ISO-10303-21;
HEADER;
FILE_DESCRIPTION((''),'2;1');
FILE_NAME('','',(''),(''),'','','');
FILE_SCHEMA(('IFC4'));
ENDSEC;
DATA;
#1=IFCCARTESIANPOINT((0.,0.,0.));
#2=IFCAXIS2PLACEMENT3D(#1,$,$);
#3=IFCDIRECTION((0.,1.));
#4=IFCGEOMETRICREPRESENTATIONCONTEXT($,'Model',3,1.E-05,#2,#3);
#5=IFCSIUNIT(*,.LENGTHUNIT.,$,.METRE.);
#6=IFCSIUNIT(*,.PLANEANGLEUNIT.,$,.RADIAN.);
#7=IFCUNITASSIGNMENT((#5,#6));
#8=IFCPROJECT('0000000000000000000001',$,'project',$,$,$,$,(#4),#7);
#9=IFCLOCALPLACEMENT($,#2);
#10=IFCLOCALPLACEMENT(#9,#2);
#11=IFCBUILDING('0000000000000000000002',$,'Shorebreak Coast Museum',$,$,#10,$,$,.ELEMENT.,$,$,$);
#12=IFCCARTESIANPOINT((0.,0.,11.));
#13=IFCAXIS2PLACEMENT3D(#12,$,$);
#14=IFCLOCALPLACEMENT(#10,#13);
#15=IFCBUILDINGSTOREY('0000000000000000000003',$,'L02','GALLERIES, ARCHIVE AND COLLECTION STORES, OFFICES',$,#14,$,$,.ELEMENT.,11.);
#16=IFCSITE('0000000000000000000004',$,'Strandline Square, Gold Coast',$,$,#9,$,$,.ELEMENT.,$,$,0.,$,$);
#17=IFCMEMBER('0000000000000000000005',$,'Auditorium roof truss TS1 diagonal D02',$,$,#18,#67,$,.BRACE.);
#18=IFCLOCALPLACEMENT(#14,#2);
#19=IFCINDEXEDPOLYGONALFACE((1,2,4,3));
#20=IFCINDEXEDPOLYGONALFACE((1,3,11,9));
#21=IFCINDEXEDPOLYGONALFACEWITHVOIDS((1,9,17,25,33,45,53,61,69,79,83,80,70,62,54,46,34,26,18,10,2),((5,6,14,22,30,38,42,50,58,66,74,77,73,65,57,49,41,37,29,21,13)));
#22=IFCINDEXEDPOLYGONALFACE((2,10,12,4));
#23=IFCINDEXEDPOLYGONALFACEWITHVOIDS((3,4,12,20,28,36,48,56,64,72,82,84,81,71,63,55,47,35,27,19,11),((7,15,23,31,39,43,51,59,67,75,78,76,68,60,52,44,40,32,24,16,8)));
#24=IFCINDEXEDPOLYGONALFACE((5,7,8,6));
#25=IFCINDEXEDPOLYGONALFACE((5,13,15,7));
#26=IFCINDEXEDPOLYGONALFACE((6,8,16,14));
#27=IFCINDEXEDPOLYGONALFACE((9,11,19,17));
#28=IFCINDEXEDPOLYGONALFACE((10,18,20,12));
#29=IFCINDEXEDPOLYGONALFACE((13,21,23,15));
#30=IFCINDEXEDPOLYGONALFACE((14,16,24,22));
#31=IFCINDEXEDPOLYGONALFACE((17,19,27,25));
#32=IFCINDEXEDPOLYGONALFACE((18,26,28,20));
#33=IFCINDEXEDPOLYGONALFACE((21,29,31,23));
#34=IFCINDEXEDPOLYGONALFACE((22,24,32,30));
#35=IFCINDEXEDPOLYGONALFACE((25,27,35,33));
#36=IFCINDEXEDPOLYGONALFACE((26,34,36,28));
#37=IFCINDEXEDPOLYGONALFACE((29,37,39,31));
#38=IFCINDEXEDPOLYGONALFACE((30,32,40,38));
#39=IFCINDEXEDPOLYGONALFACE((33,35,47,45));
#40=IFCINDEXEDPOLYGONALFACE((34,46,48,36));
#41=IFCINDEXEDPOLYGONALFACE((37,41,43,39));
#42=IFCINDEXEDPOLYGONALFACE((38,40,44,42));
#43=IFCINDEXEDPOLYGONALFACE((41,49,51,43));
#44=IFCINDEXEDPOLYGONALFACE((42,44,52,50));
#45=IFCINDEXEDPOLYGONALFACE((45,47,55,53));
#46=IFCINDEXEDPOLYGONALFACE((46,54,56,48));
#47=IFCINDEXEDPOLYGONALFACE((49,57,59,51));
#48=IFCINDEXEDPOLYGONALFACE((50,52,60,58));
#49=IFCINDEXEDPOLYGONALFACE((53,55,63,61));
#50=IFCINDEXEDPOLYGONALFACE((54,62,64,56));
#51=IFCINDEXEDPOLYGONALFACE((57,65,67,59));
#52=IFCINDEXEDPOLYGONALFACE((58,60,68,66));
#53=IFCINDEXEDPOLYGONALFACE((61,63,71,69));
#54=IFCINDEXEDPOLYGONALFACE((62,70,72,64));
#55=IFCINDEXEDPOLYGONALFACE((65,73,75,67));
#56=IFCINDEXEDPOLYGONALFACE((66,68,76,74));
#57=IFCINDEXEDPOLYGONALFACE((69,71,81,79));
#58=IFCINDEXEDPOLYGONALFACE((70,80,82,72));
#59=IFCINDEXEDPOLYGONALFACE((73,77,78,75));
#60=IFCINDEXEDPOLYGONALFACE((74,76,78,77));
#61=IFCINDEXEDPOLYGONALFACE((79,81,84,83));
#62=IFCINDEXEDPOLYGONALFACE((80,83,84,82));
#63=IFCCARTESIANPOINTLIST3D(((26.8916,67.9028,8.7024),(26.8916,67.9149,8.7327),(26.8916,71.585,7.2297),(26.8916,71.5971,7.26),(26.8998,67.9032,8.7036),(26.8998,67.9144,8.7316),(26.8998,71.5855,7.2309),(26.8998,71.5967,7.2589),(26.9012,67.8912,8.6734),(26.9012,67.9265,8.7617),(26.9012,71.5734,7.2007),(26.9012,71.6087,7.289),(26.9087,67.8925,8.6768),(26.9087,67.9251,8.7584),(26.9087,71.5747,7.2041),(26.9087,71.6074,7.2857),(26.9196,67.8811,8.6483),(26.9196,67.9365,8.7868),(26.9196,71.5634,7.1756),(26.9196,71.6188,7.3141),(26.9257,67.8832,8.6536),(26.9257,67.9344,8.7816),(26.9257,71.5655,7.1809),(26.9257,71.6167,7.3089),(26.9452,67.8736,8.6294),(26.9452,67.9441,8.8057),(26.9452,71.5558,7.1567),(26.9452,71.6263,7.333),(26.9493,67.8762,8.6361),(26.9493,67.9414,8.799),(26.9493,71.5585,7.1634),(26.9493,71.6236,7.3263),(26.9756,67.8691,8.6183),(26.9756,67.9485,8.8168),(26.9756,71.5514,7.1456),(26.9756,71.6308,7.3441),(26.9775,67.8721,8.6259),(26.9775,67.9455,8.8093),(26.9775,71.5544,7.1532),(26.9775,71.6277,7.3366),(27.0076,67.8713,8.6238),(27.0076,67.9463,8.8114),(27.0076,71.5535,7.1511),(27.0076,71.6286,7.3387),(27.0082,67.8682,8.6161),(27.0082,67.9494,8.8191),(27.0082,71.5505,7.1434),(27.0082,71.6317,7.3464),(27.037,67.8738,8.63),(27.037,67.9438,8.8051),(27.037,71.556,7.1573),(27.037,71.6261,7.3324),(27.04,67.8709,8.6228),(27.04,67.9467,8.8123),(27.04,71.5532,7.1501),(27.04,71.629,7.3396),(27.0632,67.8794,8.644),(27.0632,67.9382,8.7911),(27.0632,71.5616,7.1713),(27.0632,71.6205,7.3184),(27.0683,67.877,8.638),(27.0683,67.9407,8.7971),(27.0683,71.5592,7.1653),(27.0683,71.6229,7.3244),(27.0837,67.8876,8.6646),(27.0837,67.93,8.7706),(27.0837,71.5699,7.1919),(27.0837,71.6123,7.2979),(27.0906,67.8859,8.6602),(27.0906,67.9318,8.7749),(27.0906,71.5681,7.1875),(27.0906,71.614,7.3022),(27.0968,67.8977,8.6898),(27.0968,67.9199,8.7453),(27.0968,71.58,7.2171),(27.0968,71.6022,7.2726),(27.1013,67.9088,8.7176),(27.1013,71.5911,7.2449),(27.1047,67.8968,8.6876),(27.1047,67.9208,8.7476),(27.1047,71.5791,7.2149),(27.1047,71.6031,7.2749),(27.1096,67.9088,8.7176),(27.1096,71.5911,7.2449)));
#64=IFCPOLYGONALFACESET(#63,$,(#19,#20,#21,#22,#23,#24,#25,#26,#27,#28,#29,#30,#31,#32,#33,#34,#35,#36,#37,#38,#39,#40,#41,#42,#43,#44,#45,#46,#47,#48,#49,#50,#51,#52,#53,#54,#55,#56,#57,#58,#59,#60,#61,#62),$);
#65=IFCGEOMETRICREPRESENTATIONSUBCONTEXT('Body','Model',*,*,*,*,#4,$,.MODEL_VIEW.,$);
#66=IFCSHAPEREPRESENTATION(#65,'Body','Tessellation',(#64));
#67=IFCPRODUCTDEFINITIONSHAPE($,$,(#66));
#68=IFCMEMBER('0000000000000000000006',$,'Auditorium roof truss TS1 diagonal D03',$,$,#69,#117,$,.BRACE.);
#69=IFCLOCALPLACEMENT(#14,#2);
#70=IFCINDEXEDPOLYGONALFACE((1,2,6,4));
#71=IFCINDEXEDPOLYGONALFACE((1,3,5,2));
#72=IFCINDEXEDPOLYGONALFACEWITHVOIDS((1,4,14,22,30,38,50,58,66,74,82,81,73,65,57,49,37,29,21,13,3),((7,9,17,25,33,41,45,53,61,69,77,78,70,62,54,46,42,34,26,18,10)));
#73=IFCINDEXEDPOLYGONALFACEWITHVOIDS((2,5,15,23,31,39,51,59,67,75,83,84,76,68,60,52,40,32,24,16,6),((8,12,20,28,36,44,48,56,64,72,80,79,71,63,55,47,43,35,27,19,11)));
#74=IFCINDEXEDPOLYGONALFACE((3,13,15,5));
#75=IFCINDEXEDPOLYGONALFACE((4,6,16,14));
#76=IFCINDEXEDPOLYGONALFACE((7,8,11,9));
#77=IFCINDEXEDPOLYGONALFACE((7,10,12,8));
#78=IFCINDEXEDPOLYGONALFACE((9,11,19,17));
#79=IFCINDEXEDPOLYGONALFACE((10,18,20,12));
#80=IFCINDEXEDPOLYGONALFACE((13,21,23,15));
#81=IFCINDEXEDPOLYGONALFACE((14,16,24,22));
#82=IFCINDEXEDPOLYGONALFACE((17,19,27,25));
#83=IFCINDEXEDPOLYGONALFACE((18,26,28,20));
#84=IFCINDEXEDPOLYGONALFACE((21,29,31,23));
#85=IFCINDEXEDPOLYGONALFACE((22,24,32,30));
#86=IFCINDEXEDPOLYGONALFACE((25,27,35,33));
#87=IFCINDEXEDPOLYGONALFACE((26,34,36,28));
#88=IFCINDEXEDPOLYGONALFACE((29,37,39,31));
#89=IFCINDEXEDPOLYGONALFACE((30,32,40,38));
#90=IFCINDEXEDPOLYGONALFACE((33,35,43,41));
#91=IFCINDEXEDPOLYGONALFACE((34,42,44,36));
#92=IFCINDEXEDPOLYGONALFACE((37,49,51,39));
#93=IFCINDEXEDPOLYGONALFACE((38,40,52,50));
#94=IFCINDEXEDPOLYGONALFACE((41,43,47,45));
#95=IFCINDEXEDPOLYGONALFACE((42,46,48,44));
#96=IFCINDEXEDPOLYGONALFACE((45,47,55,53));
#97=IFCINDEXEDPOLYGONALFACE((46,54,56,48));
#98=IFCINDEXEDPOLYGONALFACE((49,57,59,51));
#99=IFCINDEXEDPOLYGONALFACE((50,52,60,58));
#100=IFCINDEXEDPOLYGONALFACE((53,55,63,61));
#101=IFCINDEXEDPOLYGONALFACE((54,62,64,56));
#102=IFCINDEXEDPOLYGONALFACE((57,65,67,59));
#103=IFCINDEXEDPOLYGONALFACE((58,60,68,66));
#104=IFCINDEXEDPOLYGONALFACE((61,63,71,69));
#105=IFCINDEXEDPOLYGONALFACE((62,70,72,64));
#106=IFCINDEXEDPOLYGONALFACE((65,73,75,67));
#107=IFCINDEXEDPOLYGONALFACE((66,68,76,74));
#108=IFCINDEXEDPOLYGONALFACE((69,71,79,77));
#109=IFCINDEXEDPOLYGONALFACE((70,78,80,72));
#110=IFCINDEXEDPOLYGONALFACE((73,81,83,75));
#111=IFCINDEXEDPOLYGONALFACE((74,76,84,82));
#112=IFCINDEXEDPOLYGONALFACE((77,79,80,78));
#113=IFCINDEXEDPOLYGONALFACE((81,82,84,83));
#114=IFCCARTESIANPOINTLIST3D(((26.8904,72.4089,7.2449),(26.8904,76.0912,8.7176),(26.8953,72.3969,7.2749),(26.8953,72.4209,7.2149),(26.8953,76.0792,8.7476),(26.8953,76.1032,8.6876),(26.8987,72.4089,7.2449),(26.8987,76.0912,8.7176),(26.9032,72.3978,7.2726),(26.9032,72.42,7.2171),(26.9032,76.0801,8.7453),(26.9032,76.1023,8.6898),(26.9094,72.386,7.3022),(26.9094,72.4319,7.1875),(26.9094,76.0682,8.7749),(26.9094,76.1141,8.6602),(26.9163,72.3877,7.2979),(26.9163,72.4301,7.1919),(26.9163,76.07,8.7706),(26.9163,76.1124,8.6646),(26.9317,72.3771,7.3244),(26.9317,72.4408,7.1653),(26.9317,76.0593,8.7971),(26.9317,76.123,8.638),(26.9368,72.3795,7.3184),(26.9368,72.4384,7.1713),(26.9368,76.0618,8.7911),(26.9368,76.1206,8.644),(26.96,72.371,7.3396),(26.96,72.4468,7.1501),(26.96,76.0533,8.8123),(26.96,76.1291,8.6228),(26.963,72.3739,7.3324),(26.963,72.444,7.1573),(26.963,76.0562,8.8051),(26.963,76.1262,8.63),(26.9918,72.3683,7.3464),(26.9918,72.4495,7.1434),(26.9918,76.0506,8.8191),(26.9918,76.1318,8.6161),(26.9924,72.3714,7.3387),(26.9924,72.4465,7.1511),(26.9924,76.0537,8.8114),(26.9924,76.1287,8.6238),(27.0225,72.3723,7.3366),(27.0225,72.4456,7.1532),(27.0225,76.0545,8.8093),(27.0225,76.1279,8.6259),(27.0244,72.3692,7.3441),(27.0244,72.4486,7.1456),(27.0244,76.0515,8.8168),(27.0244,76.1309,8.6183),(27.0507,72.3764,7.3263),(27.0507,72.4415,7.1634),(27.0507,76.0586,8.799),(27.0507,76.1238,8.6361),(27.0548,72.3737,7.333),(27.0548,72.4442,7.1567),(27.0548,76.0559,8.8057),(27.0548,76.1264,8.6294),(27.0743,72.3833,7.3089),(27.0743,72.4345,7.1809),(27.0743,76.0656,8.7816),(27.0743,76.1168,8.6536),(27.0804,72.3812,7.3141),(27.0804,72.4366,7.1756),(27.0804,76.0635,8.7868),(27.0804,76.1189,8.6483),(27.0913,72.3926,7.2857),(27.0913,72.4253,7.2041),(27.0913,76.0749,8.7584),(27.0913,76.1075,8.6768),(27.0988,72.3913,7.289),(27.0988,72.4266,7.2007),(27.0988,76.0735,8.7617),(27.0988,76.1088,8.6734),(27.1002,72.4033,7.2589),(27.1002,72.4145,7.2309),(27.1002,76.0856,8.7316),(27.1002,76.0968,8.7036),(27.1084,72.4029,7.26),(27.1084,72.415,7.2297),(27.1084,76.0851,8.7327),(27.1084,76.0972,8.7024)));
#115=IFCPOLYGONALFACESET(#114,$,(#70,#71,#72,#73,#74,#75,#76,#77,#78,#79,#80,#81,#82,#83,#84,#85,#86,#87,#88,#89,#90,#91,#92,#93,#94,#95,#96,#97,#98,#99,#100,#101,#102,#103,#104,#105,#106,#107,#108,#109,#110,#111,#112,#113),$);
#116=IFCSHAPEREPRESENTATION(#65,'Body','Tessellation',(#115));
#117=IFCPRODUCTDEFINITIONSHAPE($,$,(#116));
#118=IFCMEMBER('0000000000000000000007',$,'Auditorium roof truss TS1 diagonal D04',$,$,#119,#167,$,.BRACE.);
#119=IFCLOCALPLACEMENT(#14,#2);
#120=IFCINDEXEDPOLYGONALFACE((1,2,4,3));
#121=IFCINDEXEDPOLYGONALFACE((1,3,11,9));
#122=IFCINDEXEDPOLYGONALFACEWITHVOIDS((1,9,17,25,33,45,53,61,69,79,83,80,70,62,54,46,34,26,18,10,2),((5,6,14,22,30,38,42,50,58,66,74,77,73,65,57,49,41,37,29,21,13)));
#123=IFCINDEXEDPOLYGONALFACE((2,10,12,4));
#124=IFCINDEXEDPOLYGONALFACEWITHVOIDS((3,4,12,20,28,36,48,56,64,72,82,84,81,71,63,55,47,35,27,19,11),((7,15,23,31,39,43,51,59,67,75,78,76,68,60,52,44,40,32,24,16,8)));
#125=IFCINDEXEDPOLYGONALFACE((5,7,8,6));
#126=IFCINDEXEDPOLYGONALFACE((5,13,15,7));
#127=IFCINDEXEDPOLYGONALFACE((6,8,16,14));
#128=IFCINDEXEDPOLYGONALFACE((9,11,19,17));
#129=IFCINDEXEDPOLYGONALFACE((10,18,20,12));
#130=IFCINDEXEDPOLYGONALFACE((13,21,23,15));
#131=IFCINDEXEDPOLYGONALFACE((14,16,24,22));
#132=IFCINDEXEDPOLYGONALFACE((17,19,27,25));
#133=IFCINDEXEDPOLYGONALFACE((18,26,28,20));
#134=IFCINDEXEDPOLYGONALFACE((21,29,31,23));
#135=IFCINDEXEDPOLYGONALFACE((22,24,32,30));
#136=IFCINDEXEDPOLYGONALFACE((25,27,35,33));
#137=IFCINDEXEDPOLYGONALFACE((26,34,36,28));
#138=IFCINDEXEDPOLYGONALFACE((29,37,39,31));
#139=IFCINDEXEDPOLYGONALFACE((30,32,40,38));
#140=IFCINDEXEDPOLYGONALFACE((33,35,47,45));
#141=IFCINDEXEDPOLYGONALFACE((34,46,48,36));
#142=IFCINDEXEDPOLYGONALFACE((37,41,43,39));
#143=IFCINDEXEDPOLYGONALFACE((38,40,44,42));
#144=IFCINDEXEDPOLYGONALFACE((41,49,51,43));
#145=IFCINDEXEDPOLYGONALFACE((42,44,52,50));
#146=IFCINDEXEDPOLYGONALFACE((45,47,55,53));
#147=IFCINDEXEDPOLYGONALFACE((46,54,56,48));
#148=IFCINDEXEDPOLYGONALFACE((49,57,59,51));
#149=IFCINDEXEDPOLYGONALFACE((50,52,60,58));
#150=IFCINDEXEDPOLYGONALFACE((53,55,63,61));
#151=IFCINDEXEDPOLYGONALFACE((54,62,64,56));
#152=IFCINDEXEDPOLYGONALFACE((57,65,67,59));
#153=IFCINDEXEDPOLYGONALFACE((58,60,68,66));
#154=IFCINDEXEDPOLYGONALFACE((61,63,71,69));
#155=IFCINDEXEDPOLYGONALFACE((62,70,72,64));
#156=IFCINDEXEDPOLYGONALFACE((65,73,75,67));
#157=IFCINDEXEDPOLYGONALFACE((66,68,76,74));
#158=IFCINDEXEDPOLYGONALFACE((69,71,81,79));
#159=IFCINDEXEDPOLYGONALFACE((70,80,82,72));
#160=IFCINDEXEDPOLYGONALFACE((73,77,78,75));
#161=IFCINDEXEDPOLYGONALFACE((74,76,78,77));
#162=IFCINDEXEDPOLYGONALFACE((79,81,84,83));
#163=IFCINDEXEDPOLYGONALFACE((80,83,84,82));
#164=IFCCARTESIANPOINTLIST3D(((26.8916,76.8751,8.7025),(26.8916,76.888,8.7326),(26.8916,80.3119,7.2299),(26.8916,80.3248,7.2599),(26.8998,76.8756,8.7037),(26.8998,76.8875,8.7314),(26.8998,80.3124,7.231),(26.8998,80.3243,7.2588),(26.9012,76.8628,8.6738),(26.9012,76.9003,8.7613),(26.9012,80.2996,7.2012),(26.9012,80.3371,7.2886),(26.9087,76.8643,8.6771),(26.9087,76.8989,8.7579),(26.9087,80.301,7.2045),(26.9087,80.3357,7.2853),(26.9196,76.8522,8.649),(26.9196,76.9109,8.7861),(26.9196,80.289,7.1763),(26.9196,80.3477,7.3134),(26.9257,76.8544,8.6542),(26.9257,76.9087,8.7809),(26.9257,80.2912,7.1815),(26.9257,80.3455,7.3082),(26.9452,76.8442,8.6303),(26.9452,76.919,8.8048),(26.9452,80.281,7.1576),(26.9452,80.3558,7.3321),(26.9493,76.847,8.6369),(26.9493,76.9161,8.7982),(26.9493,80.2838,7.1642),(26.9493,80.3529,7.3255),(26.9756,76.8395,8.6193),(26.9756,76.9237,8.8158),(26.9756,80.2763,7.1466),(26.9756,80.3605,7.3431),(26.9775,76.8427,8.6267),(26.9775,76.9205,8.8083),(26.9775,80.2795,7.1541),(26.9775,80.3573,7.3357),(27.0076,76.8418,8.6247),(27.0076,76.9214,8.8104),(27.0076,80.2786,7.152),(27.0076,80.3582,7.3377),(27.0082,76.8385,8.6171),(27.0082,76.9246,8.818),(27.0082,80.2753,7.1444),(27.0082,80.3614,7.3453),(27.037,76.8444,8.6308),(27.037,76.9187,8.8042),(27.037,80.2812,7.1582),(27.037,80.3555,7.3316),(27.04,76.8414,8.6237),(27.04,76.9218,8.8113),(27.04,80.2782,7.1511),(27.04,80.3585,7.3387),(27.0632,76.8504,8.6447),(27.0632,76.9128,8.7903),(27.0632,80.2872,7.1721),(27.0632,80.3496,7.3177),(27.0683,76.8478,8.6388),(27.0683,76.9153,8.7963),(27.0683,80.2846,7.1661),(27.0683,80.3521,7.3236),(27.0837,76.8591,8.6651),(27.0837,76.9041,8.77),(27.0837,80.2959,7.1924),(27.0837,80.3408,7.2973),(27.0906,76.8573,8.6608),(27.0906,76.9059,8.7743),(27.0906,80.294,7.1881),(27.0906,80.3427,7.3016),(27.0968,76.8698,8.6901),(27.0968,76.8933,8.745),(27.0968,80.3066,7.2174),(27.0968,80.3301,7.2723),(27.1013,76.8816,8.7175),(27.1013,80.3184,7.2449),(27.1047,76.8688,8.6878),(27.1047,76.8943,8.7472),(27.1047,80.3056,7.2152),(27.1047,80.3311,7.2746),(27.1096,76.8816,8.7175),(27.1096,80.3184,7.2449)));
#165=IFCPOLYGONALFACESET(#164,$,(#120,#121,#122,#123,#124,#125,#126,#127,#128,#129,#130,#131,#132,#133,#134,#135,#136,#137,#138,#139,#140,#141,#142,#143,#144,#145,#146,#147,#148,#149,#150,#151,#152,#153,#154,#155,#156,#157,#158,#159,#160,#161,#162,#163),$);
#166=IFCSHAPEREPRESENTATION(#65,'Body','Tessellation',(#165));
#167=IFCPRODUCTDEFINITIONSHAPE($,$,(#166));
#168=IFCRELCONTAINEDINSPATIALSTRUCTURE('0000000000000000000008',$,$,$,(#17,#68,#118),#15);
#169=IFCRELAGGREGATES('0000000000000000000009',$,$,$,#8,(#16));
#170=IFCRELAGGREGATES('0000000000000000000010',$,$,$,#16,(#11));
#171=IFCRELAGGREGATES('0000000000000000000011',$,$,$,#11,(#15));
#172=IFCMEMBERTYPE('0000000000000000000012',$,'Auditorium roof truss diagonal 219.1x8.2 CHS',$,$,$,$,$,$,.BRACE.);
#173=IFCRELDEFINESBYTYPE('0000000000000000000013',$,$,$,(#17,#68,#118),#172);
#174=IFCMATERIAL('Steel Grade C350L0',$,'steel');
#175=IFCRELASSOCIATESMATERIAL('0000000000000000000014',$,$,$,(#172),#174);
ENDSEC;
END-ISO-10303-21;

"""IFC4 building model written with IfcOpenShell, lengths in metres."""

from ifc_helpers import new_model, si_unit, direction, frame, origin, origin_2d, place, context, subcontext, project, spatial, hollow_circle, extrude, material, material_profile, profile_set, type_object, element, save


model = new_model("IFC4")

# Units and contexts
model_context = context("Model", 3, precision=1e-05, world=origin(), true_north=direction((0.0, 1.0)))
body_context = subcontext(model_context, "Body", "Model", "MODEL_VIEW")
ifc_project = project(units=[si_unit("LENGTHUNIT", "METRE"), si_unit("PLANEANGLEUNIT", "RADIAN")], contexts=[model_context])

# Site, building, storey
site_placement = place(None, origin())
site = spatial("IfcSite", under=ifc_project, at=site_placement, Name="Strandline Square, Gold Coast", CompositionType="ELEMENT", RefElevation=0.0)
building_placement = place(site_placement, origin())
building = spatial("IfcBuilding", under=site, at=building_placement, Name="Shorebreak Coast Museum", CompositionType="ELEMENT")
storey_placement = place(building_placement, frame((0.0, 0.0, 11.0)))
storey = spatial("IfcBuildingStorey", under=building, at=storey_placement, Name="L02", Description="GALLERIES, ARCHIVE AND COLLECTION STORES, OFFICES", CompositionType="ELEMENT", Elevation=11.0)

# Members
ifc_material_1 = material(Name="Steel Grade C350L0", Category="steel")
ifc_material_profile_1 = material_profile(ifc_material_1, hollow_circle(Radius=0.1096, WallThickness=0.0083, at=origin_2d()), Name="219.1x8.2 CHS")
ifc_profile_set_1 = profile_set([ifc_material_profile_1], Name="Steel Grade C350L0")
member_type_1 = type_object("IfcMemberType", Name="Auditorium roof truss diagonal 219.1x8.2 CHS", PredefinedType="BRACE", material=ifc_profile_set_1)
for number, where, z_axis, x_axis, name in (
    (1, (27.0, 71.5911, 7.2449), (0.0, -0.928494, 0.371348), (1.0, 0.0, 0.0), "Auditorium roof truss TS1 diagonal D02"),
    (2, (27.0, 72.4089, 7.2449), (0.0, 0.928494, 0.371348), (-1.0, 0.0, 0.0), "Auditorium roof truss TS1 diagonal D03"),
):
    element("IfcMember", number, at=place(storey_placement, frame(where, z_axis=z_axis, x_axis=x_axis)), inside=storey, type_object=member_type_1, Name=name, PredefinedType="BRACE", context=body_context, shape_type="SweptSolid", body=[
        extrude(hollow_circle(Radius=0.1096, WallThickness=0.0083, at=origin_2d()), origin(), (0.0, 0.0, 1.0), 3.9658),
    ])
for number, where, z_axis, x_axis, name in (
    (3, (27.0, 80.3184, 7.2449), (0.0, -0.919169, 0.393864), (1.0, 0.0, 0.0), "Auditorium roof truss TS1 diagonal D04"),
):
    element("IfcMember", number, at=place(storey_placement, frame(where, z_axis=z_axis, x_axis=x_axis)), inside=storey, type_object=member_type_1, Name=name, PredefinedType="BRACE", context=body_context, shape_type="SweptSolid", body=[
        extrude(hollow_circle(Radius=0.1096, WallThickness=0.0083, at=origin_2d()), origin(), (0.0, 0.0, 1.0), 3.739),
    ])

save(model, "model.ifc")
